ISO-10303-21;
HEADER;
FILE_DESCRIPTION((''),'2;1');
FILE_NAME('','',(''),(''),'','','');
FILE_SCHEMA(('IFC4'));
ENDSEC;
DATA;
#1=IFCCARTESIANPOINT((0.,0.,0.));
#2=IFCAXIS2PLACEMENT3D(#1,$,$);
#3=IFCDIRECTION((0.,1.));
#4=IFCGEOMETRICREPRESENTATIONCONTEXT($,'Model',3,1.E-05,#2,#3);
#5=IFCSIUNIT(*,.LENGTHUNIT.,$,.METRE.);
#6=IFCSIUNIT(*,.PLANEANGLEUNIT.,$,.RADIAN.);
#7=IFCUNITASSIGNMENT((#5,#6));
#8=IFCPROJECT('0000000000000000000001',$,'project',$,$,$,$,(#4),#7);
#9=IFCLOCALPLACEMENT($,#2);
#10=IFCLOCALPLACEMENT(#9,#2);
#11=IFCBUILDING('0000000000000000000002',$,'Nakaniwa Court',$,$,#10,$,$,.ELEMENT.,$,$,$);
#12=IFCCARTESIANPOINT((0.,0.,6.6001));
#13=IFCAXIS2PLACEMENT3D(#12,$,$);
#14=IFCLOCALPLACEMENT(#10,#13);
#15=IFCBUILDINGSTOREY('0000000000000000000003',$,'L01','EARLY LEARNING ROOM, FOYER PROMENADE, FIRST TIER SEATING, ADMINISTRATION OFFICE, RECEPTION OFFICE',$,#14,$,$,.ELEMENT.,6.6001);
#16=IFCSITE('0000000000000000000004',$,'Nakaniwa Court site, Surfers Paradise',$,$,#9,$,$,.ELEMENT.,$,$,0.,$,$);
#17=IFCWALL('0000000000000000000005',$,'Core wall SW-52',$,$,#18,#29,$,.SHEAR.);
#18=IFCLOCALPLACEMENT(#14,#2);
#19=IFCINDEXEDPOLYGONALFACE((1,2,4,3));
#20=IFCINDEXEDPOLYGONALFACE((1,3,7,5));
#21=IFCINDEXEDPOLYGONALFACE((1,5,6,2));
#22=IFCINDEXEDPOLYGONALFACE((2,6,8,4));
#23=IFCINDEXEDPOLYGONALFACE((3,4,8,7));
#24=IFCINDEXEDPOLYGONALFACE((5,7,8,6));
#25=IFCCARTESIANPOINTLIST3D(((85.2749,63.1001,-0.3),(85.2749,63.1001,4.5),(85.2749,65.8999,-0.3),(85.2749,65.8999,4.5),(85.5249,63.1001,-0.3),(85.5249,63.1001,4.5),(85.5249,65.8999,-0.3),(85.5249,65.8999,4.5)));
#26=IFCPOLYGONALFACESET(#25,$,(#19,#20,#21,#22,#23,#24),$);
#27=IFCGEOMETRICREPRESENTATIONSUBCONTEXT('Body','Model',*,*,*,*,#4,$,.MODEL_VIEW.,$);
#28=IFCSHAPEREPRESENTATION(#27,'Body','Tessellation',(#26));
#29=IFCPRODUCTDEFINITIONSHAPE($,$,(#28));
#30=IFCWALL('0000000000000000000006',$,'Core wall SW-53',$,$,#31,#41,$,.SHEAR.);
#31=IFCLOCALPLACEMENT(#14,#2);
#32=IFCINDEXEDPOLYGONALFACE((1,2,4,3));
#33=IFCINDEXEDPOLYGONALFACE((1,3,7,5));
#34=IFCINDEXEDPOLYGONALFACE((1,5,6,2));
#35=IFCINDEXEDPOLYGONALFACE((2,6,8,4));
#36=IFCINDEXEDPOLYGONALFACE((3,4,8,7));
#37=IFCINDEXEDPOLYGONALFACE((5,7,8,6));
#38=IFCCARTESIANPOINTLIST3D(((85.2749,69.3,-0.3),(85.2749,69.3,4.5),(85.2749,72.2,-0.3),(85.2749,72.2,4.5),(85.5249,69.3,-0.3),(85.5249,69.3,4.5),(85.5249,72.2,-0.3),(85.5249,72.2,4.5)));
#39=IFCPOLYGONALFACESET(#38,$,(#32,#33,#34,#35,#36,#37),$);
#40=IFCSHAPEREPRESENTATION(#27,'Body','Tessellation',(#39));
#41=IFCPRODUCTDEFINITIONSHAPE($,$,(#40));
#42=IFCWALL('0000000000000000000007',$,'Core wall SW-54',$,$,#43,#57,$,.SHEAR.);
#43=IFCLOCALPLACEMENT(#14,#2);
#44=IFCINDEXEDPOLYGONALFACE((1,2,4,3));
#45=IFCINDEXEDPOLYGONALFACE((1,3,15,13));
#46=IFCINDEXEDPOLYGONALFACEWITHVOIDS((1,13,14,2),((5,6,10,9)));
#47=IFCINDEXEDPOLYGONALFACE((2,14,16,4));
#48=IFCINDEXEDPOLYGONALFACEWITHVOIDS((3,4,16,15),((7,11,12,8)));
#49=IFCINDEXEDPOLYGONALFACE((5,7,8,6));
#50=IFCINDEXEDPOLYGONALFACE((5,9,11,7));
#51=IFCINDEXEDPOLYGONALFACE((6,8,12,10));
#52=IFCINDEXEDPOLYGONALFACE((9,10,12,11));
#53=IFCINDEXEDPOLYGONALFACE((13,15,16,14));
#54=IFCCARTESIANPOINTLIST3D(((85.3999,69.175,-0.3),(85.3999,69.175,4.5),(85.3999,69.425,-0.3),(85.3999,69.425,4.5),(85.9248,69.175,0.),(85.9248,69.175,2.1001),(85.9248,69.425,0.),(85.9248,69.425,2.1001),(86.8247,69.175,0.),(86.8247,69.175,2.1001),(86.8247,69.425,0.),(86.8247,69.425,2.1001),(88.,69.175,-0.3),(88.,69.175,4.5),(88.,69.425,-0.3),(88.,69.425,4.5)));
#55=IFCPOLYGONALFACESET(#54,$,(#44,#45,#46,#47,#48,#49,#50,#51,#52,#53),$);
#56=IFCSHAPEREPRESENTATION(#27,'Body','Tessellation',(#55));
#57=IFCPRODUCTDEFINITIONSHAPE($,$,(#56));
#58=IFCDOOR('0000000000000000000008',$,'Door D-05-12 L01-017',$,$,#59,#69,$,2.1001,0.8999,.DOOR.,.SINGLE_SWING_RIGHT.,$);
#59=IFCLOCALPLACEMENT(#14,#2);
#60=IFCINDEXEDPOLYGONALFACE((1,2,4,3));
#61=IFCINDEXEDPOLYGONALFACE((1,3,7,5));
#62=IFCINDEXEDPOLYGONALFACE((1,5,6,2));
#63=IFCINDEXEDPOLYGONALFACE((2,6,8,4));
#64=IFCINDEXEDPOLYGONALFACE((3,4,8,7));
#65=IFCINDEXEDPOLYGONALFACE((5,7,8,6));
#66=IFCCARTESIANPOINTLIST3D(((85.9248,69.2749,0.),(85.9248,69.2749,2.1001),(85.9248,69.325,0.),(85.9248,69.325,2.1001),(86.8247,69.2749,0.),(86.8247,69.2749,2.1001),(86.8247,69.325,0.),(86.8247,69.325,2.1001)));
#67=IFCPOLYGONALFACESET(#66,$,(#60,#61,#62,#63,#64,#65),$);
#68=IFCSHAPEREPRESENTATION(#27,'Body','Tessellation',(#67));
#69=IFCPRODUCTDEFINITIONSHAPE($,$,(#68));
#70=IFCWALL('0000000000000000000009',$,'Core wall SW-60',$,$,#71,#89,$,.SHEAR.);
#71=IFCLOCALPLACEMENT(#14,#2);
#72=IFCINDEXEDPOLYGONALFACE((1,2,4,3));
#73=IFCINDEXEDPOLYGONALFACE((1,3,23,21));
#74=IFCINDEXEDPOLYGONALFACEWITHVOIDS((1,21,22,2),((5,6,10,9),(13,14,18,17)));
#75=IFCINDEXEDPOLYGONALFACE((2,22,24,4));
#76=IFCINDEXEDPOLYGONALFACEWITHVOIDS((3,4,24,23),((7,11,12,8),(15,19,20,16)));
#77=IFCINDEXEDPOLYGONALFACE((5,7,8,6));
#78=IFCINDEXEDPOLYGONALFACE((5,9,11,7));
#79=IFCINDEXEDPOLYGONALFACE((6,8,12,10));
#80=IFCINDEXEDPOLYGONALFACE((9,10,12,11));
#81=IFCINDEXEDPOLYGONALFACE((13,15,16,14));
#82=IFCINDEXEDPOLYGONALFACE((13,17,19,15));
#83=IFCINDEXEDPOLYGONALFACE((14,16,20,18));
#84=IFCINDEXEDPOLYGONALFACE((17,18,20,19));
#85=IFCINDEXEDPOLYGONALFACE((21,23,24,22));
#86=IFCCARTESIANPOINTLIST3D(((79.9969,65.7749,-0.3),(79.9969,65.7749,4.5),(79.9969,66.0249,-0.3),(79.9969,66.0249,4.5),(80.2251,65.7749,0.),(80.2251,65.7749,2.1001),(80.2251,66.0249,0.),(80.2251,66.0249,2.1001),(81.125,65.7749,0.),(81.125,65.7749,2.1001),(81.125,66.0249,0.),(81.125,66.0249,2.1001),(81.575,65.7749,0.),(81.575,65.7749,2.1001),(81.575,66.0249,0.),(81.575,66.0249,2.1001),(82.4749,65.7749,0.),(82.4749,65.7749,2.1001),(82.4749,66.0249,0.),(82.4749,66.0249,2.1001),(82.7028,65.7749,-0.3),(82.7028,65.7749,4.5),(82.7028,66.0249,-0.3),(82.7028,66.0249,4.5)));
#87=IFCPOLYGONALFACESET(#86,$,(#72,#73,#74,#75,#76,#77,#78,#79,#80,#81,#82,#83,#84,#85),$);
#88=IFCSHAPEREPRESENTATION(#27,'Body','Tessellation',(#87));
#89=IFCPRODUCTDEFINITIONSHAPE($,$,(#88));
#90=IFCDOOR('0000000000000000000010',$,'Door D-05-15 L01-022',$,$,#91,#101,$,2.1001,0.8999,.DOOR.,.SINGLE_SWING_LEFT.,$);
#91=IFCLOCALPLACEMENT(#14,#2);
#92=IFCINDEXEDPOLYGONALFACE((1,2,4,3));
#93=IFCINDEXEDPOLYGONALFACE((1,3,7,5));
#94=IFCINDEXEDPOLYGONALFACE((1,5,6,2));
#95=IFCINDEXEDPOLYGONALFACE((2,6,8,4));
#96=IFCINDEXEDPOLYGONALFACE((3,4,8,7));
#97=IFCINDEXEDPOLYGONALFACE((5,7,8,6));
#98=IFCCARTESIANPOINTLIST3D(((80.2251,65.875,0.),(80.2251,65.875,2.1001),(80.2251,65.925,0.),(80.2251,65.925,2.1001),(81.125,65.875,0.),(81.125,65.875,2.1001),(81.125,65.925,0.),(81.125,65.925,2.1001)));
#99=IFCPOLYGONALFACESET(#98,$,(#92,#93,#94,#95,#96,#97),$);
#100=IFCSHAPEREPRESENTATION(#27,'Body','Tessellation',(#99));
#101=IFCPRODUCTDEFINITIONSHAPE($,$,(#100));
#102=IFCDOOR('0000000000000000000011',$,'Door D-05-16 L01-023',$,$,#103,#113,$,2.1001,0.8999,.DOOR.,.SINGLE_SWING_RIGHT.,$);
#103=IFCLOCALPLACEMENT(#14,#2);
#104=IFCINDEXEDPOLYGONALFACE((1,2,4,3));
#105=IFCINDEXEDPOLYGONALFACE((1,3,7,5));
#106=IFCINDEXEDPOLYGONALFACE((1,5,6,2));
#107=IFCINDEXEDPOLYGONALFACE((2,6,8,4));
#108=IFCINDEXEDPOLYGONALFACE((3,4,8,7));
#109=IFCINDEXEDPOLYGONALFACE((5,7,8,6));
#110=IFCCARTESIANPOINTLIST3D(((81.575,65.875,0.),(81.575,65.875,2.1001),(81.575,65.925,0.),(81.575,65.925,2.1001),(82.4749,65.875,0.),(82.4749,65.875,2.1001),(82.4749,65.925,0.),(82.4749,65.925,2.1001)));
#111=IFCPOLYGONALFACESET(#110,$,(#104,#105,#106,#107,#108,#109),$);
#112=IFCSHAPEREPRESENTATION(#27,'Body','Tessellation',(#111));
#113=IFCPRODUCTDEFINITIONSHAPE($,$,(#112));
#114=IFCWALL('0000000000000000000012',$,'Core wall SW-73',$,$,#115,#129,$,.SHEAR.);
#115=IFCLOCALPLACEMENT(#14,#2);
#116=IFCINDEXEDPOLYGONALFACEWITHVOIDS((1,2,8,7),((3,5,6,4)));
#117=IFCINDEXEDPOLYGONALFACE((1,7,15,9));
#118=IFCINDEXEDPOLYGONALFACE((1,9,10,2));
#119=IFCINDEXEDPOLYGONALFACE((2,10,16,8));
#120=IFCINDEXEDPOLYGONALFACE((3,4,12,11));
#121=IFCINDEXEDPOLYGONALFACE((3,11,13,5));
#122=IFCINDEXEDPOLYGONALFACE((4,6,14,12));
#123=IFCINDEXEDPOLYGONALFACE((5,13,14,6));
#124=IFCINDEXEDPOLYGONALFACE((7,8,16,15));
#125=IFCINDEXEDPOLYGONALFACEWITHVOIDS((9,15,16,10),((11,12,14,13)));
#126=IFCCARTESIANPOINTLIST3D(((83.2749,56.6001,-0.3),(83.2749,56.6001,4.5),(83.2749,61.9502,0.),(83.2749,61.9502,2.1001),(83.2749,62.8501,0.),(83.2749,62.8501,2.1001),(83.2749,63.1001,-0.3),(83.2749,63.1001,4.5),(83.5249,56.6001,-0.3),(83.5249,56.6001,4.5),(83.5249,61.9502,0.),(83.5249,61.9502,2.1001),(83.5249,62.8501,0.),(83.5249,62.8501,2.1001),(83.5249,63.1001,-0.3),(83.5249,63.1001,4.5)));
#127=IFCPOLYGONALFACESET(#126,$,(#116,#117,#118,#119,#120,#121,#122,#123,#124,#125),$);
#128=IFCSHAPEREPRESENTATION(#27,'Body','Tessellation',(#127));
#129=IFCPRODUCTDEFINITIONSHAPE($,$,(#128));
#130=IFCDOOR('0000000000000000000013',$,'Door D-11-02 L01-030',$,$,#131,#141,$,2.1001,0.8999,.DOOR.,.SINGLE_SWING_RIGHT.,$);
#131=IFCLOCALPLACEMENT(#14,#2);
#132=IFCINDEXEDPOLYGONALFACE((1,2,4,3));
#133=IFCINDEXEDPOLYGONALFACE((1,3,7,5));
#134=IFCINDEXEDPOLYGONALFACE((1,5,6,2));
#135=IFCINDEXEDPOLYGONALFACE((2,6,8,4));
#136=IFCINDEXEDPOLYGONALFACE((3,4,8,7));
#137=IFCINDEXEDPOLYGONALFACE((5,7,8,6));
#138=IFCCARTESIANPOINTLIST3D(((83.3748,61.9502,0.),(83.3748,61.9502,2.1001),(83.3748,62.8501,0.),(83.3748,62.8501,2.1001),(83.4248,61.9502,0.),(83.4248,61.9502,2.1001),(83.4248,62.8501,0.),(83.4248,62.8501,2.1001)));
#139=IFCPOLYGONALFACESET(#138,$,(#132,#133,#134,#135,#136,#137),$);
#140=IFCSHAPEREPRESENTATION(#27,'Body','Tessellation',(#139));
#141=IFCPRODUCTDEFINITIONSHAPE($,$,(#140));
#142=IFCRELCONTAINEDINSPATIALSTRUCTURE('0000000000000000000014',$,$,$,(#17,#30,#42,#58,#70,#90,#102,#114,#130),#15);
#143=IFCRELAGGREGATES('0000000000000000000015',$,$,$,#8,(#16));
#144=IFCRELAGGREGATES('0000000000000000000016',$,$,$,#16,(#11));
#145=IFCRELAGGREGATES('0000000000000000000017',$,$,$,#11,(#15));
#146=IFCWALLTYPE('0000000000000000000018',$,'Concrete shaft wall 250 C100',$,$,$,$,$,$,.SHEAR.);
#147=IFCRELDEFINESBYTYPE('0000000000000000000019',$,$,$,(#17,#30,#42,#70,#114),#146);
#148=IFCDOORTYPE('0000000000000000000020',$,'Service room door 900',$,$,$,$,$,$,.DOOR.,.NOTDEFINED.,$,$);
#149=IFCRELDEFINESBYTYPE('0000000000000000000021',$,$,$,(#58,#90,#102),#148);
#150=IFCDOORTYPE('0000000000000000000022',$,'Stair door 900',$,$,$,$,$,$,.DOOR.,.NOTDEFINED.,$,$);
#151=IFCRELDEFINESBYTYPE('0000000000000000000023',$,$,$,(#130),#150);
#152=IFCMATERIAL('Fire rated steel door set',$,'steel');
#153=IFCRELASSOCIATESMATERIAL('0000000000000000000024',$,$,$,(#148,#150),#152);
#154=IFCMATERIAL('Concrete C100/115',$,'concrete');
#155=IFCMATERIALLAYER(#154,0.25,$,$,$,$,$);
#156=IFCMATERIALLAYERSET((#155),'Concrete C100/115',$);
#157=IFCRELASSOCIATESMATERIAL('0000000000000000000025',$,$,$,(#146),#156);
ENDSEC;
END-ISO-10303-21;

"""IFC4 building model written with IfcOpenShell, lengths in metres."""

from ifc_helpers import new_model, si_unit, direction, frame, frame_2d, origin, place, context, subcontext, project, spatial, rectangle, extrude, material, layer, layer_set, type_object, element, fill, save


model = new_model("IFC4")

# Units and contexts
model_context = context("Model", 3, precision=1e-05, world=origin(), true_north=direction((0.0, 1.0)))
body_context = subcontext(model_context, "Body", "Model", "MODEL_VIEW")
ifc_project = project(units=[si_unit("LENGTHUNIT", "METRE"), si_unit("PLANEANGLEUNIT", "RADIAN")], contexts=[model_context])

# Site, building, storey
site_placement = place(None, origin())
site = spatial("IfcSite", under=ifc_project, at=site_placement, Name="Nakaniwa Court site, Surfers Paradise", CompositionType="ELEMENT", RefElevation=0.0)
building_placement = place(site_placement, origin())
building = spatial("IfcBuilding", under=site, at=building_placement, Name="Nakaniwa Court", CompositionType="ELEMENT")
storey_placement = place(building_placement, frame((0.0, 0.0, 6.6001)))
storey = spatial("IfcBuildingStorey", under=building, at=storey_placement, Name="L01", Description="EARLY LEARNING ROOM, FOYER PROMENADE, FIRST TIER SEATING, ADMINISTRATION OFFICE, RECEPTION OFFICE", CompositionType="ELEMENT", Elevation=6.6001)

# Shared definitions
ifc_material_1 = material(Name="Concrete C100/115", Category="concrete")

# Shared definitions
ifc_material_2 = material(Name="Fire rated steel door set", Category="steel")
door_type_1 = type_object("IfcDoorType", Name="Service room door 900", OperationType="NOTDEFINED", PredefinedType="DOOR", material=ifc_material_2)

# Walls
ifc_layer_1 = layer(ifc_material_1, 0.25)
ifc_layer_set_1 = layer_set([ifc_layer_1], Name="Concrete C100/115")
wall_type_1 = type_object("IfcWallType", Name="Concrete shaft wall 250 C100", PredefinedType="SHEAR", material=ifc_layer_set_1)
wall_1_placement = place(storey_placement, frame((85.3999, 63.1001, -0.3), z_axis=(0.0, 0.0, 1.0), x_axis=(0.0, 1.0, 0.0)))
element("IfcWall", 1, at=wall_1_placement, inside=storey, type_object=wall_type_1, Name="Core wall SW-52", PredefinedType="SHEAR", context=body_context, shape_type="SweptSolid", body=[
    extrude(rectangle(XDim=2.7998, YDim=0.25, at=frame_2d((1.3999, 0.0))), origin(), (0.0, 0.0, 1.0), 4.8),
])
wall_2_placement = place(storey_placement, frame((85.3999, 69.3, -0.3), z_axis=(0.0, 0.0, 1.0), x_axis=(0.0, 1.0, 0.0)))
element("IfcWall", 2, at=wall_2_placement, inside=storey, type_object=wall_type_1, Name="Core wall SW-53", PredefinedType="SHEAR", context=body_context, shape_type="SweptSolid", body=[
    extrude(rectangle(XDim=2.8999, YDim=0.25, at=frame_2d((1.45, 0.0))), origin(), (0.0, 0.0, 1.0), 4.8),
])

# Wall, opening, door
wall_3_placement = place(storey_placement, frame((85.3999, 69.3, -0.3), z_axis=(0.0, 0.0, 1.0), x_axis=(1.0, 0.0, 0.0)))
wall_3 = element("IfcWall", 3, at=wall_3_placement, inside=storey, type_object=wall_type_1, Name="Core wall SW-54", PredefinedType="SHEAR", context=body_context, shape_type="SweptSolid", body=[
    extrude(rectangle(XDim=2.6001, YDim=0.25, at=frame_2d((1.3, 0.0))), origin(), (0.0, 0.0, 1.0), 4.8),
])
opening_1_placement = place(wall_3_placement, frame((0.5249, 0.0, 0.3)))
opening_1 = element("IfcOpeningElement", 4, at=opening_1_placement, cuts=wall_3, PredefinedType="OPENING", context=body_context, shape_type="SweptSolid", body=[
    extrude(rectangle(XDim=0.8999, YDim=2.1001, at=frame_2d((0.45, 1.05))), frame((0.0, 0.135, 0.0), z_axis=(0.0, -1.0, 0.0), x_axis=(1.0, 0.0, 0.0)), (0.0, 0.0, 1.0), 0.27),
])
door_1_placement = place(opening_1_placement, origin())
door_1 = element("IfcDoor", 5, at=door_1_placement, inside=storey, type_object=door_type_1, Name="Door D-05-12 L01-017", OperationType="SINGLE_SWING_RIGHT", OverallHeight=2.1001, OverallWidth=0.8999, PredefinedType="DOOR", context=body_context, shape_type="SweptSolid", body=[
    extrude(rectangle(XDim=0.8999, YDim=2.1001, at=frame_2d((0.45, 1.05))), frame((0.0, 0.0249, 0.0), z_axis=(0.0, -1.0, 0.0), x_axis=(1.0, 0.0, 0.0)), (0.0, 0.0, 1.0), 0.05),
])
fill(opening_1, door_1)

# Wall, openings, doors
wall_4_placement = place(storey_placement, frame((82.7029, 65.8999, -0.3), z_axis=(0.0, 0.0, 1.0), x_axis=(-1.0, 0.0, 0.0)))
wall_4 = element("IfcWall", 6, at=wall_4_placement, inside=storey, type_object=wall_type_1, Name="Core wall SW-60", PredefinedType="SHEAR", context=body_context, shape_type="SweptSolid", body=[
    extrude(rectangle(XDim=2.7058, YDim=0.25, at=frame_2d((1.353, 0.0))), origin(), (0.0, 0.0, 1.0), 4.8),
])
opening_2_placement = place(wall_4_placement, frame((1.5779, 0.0, 0.3)))
opening_2 = element("IfcOpeningElement", 7, at=opening_2_placement, cuts=wall_4, PredefinedType="OPENING", context=body_context, shape_type="SweptSolid", body=[
    extrude(rectangle(XDim=0.8999, YDim=2.1001, at=frame_2d((0.45, 1.05))), frame((0.0, 0.135, 0.0), z_axis=(0.0, -1.0, 0.0), x_axis=(1.0, 0.0, 0.0)), (0.0, 0.0, 1.0), 0.27),
])
opening_3_placement = place(wall_4_placement, frame((0.228, 0.0, 0.3)))
opening_3 = element("IfcOpeningElement", 8, at=opening_3_placement, cuts=wall_4, PredefinedType="OPENING", context=body_context, shape_type="SweptSolid", body=[
    extrude(rectangle(XDim=0.8999, YDim=2.1001, at=frame_2d((0.45, 1.05))), frame((0.0, 0.135, 0.0), z_axis=(0.0, -1.0, 0.0), x_axis=(1.0, 0.0, 0.0)), (0.0, 0.0, 1.0), 0.27),
])
door_2_placement = place(opening_2_placement, origin())
door_2 = element("IfcDoor", 9, at=door_2_placement, inside=storey, type_object=door_type_1, Name="Door D-05-15 L01-022", OperationType="SINGLE_SWING_LEFT", OverallHeight=2.1001, OverallWidth=0.8999, PredefinedType="DOOR", context=body_context, shape_type="SweptSolid", body=[
    extrude(rectangle(XDim=0.8999, YDim=2.1001, at=frame_2d((0.45, 1.05))), frame((0.0, 0.0249, 0.0), z_axis=(0.0, -1.0, 0.0), x_axis=(1.0, 0.0, 0.0)), (0.0, 0.0, 1.0), 0.05),
])
fill(opening_2, door_2)
door_3_placement = place(opening_3_placement, origin())
door_3 = element("IfcDoor", 10, at=door_3_placement, inside=storey, type_object=door_type_1, Name="Door D-05-16 L01-023", OperationType="SINGLE_SWING_RIGHT", OverallHeight=2.1001, OverallWidth=0.8999, PredefinedType="DOOR", context=body_context, shape_type="SweptSolid", body=[
    extrude(rectangle(XDim=0.8999, YDim=2.1001, at=frame_2d((0.45, 1.05))), frame((0.0, 0.0249, 0.0), z_axis=(0.0, -1.0, 0.0), x_axis=(1.0, 0.0, 0.0)), (0.0, 0.0, 1.0), 0.05),
])
fill(opening_3, door_3)

# Wall, opening, door
wall_5_placement = place(storey_placement, frame((83.3999, 63.1001, -0.3), z_axis=(0.0, 0.0, 1.0), x_axis=(0.0, -1.0, 0.0)))
wall_5 = element("IfcWall", 11, at=wall_5_placement, inside=storey, type_object=wall_type_1, Name="Core wall SW-73", PredefinedType="SHEAR", context=body_context, shape_type="SweptSolid", body=[
    extrude(rectangle(XDim=6.5, YDim=0.25, at=frame_2d((3.25, 0.0))), origin(), (0.0, 0.0, 1.0), 4.8),
])
opening_4_placement = place(wall_5_placement, frame((0.25, 0.0, 0.3)))
opening_4 = element("IfcOpeningElement", 12, at=opening_4_placement, cuts=wall_5, PredefinedType="OPENING", context=body_context, shape_type="SweptSolid", body=[
    extrude(rectangle(XDim=0.8999, YDim=2.1001, at=frame_2d((0.45, 1.05))), frame((0.0, 0.135, 0.0), z_axis=(0.0, -1.0, 0.0), x_axis=(1.0, 0.0, 0.0)), (0.0, 0.0, 1.0), 0.27),
])
door_type_2 = type_object("IfcDoorType", Name="Stair door 900", OperationType="NOTDEFINED", PredefinedType="DOOR", material=ifc_material_2)
door_4_placement = place(opening_4_placement, origin())
door_4 = element("IfcDoor", 13, at=door_4_placement, inside=storey, type_object=door_type_2, Name="Door D-11-02 L01-030", OperationType="SINGLE_SWING_RIGHT", OverallHeight=2.1001, OverallWidth=0.8999, PredefinedType="DOOR", context=body_context, shape_type="SweptSolid", body=[
    extrude(rectangle(XDim=0.8999, YDim=2.1001, at=frame_2d((0.45, 1.05))), frame((0.0, 0.0249, 0.0), z_axis=(0.0, -1.0, 0.0), x_axis=(1.0, 0.0, 0.0)), (0.0, 0.0, 1.0), 0.05),
])
fill(opening_4, door_4)

save(model, "model.ifc")
